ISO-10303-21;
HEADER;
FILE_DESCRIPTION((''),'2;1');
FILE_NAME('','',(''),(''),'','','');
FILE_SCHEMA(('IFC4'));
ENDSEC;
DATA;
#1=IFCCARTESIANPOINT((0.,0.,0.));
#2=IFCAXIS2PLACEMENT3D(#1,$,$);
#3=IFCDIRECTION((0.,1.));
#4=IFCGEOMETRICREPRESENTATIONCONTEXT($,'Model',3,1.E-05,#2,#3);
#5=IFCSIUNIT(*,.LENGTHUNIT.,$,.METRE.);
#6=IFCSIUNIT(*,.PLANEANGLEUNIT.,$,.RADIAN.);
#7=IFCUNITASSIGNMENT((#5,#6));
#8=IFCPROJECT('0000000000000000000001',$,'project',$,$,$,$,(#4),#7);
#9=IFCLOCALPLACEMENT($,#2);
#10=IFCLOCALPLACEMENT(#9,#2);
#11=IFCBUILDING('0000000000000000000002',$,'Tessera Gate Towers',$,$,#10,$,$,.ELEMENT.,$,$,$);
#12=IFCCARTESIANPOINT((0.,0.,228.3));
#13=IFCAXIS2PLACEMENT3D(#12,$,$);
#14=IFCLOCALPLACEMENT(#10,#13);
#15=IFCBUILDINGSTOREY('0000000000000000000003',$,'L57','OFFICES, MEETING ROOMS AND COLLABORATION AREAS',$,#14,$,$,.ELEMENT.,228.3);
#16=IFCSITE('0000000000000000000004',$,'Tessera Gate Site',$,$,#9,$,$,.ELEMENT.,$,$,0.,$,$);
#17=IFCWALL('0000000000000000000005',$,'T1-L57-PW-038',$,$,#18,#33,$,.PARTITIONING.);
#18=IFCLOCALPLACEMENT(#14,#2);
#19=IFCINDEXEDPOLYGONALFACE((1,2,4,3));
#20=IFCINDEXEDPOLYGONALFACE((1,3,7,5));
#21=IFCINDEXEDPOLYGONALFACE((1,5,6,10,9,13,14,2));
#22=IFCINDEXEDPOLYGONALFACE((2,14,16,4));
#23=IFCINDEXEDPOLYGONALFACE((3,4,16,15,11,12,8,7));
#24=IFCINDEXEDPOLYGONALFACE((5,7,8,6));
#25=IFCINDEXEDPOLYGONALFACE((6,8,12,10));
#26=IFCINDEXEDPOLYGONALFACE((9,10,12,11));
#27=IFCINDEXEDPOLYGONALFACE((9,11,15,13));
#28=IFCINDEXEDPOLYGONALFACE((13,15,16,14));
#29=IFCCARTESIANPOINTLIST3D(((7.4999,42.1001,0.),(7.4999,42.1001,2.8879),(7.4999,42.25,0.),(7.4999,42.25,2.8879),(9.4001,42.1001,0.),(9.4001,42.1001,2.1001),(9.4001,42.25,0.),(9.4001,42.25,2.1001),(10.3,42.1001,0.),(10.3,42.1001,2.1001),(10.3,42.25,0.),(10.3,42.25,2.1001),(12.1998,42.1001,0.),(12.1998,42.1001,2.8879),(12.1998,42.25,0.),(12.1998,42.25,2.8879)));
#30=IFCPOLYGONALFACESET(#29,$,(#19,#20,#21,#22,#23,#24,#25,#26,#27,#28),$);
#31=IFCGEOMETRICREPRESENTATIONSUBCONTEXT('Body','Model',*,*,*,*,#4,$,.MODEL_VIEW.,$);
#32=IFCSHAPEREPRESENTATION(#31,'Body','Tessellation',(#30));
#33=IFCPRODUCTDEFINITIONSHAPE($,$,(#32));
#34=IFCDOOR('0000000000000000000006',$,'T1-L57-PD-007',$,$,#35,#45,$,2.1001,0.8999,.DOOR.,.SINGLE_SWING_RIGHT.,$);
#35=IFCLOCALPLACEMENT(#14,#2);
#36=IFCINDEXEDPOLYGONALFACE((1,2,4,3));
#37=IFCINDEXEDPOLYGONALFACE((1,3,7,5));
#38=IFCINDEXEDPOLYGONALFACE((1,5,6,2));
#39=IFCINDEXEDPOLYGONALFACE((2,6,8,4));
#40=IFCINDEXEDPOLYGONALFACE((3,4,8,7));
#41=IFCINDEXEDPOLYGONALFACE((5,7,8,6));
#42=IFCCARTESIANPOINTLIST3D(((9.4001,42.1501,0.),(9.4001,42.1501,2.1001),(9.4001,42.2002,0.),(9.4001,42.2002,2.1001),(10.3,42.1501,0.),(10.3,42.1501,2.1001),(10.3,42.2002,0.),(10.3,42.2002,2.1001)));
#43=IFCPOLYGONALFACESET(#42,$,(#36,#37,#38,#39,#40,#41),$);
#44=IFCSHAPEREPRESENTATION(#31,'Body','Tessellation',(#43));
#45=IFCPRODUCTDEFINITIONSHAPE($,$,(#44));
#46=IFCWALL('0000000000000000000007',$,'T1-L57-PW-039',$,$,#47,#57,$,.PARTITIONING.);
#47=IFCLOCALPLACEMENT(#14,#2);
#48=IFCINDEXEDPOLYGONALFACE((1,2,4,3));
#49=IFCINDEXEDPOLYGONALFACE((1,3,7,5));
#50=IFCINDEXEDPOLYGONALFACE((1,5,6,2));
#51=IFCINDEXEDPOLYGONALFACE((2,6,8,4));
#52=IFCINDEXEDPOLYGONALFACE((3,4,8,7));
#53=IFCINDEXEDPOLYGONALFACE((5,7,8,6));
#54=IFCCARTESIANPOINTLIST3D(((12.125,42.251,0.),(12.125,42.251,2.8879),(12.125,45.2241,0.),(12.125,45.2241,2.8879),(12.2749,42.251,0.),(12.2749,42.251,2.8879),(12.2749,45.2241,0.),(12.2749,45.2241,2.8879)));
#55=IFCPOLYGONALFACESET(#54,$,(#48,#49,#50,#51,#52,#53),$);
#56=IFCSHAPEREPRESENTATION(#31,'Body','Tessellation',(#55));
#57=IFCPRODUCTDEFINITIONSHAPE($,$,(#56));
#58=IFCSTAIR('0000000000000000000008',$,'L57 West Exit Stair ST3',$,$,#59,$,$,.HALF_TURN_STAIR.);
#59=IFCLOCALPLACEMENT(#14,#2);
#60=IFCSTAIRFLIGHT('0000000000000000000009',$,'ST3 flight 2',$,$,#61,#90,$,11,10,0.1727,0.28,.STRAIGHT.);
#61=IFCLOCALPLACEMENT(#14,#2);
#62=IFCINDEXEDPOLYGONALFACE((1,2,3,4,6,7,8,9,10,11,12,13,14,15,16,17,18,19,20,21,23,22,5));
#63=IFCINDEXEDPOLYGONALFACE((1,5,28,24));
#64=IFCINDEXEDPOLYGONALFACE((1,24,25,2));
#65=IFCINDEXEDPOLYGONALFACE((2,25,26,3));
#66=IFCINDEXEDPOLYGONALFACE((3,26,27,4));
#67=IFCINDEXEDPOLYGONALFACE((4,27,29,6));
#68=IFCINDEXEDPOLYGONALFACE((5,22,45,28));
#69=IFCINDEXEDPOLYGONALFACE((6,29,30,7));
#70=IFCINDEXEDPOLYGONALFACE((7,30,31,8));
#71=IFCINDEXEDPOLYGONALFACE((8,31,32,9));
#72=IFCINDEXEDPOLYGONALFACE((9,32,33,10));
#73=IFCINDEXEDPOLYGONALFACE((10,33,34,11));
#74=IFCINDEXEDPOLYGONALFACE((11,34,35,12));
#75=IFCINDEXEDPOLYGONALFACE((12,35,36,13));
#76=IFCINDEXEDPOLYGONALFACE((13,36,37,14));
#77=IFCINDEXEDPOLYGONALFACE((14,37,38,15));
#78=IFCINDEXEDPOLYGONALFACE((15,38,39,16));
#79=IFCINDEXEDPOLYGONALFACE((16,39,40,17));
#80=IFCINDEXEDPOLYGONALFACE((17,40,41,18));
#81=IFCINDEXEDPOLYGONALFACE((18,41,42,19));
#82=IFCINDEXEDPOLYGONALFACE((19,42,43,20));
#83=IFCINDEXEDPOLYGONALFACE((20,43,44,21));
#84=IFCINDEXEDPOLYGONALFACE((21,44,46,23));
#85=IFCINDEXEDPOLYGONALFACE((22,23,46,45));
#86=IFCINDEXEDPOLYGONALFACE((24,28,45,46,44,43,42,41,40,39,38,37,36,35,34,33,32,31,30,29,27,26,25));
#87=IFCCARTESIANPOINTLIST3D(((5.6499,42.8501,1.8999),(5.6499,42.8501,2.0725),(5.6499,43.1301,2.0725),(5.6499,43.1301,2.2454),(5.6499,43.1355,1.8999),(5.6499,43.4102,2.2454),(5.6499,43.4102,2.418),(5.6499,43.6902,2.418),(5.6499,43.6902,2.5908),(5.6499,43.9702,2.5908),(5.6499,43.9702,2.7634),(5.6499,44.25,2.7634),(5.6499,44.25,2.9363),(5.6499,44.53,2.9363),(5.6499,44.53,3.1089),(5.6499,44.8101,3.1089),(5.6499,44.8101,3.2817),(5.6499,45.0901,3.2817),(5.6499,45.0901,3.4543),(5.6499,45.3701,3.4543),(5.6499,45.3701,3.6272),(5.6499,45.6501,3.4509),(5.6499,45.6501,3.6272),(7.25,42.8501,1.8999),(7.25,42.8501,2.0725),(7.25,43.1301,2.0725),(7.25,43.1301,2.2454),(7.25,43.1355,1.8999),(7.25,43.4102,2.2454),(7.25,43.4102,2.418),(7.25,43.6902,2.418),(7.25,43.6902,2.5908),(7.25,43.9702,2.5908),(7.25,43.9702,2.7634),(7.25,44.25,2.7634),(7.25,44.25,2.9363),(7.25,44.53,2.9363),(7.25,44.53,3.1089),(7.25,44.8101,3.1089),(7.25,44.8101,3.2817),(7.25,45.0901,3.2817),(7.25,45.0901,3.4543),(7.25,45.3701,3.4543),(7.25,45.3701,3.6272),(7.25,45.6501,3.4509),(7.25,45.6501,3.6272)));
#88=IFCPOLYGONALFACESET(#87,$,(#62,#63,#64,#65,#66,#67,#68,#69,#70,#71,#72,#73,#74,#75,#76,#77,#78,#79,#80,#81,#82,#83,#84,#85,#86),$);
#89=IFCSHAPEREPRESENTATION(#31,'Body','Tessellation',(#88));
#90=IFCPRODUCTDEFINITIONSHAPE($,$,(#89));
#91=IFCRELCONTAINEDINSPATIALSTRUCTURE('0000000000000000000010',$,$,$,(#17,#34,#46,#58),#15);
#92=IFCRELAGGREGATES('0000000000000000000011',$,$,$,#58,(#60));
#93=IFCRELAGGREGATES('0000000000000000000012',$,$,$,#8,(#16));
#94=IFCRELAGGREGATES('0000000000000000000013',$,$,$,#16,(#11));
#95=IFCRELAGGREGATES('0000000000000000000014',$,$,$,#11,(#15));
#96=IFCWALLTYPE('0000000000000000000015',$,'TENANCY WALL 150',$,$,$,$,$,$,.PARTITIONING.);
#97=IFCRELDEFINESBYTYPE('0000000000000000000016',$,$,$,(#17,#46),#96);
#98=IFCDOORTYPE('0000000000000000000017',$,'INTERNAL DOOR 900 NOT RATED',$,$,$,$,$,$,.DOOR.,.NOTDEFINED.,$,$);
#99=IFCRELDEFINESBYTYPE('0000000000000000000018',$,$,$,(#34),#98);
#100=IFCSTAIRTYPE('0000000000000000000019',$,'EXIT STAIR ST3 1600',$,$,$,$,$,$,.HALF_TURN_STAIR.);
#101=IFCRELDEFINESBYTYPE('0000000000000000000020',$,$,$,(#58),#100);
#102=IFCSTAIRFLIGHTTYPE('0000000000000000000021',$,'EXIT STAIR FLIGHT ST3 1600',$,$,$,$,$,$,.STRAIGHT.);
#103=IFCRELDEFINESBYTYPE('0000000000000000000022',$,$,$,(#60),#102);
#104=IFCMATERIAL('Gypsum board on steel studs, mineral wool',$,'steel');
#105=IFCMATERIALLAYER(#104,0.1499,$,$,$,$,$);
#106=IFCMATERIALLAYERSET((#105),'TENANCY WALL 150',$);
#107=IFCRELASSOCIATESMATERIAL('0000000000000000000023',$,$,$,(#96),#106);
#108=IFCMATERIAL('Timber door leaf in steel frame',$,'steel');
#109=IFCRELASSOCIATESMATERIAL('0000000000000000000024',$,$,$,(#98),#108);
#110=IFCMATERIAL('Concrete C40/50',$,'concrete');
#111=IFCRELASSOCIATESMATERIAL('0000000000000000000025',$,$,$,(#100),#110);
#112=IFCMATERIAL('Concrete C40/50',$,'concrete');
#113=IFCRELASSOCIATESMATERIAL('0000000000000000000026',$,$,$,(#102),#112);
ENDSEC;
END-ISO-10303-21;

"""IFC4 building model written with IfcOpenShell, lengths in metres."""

from ifc_helpers import new_model, si_unit, direction, frame, frame_2d, origin, place, context, subcontext, project, spatial, polyline, rectangle, outline, extrude, source, transform, mapped, material, layer, layer_set, type_object, element, fill, aggregate, save


model = new_model("IFC4")

# Units and contexts
model_context = context("Model", 3, precision=1e-05, world=origin(), true_north=direction((0.0, 1.0)))
body_context = subcontext(model_context, "Body", "Model", "MODEL_VIEW")
ifc_project = project(units=[si_unit("LENGTHUNIT", "METRE"), si_unit("PLANEANGLEUNIT", "RADIAN")], contexts=[model_context])

# Site, building, storey
site_placement = place(None, origin())
site = spatial("IfcSite", under=ifc_project, at=site_placement, Name="Tessera Gate Site", CompositionType="ELEMENT", RefElevation=0.0)
building_placement = place(site_placement, origin())
building = spatial("IfcBuilding", under=site, at=building_placement, Name="Tessera Gate Towers", CompositionType="ELEMENT")
storey_placement = place(building_placement, frame((0.0, 0.0, 228.3)))
storey = spatial("IfcBuildingStorey", under=building, at=storey_placement, Name="L57", Description="OFFICES, MEETING ROOMS AND COLLABORATION AREAS", CompositionType="ELEMENT", Elevation=228.3)

# Shared definitions
ifc_material_1 = material(Name="Gypsum board on steel studs, mineral wool", Category="steel")
ifc_layer_1 = layer(ifc_material_1, 0.1499)
ifc_layer_set_1 = layer_set([ifc_layer_1], Name="TENANCY WALL 150")
wall_type_1 = type_object("IfcWallType", Name="TENANCY WALL 150", PredefinedType="PARTITIONING", material=ifc_layer_set_1)

# Wall, opening, door
wall_1_placement = place(storey_placement, frame((12.2, 42.175, 0.0), z_axis=(0.0, 0.0, 1.0), x_axis=(-1.0, 0.0, 0.0)))
wall_1 = element("IfcWall", 1, at=wall_1_placement, inside=storey, type_object=wall_type_1, Name="T1-L57-PW-038", PredefinedType="PARTITIONING", context=body_context, shape_type="SweptSolid", body=[
    extrude(rectangle(XDim=4.7, YDim=0.1499, at=frame_2d((2.3501, 0.0))), origin(), (0.0, 0.0, 1.0), 2.8879),
])
shared_shape_1 = source(origin(), body_context, "Body", "SweptSolid", [
    extrude(rectangle(XDim=0.8999, YDim=2.1001, at=frame_2d((0.45, 1.05))), frame((0.0, 0.085, 0.0), z_axis=(0.0, -1.0, 0.0), x_axis=(1.0, 0.0, 0.0)), (0.0, 0.0, 1.0), 0.1699),
])
opening_placement = place(wall_1_placement, frame((1.8999, 0.0, 0.0)))
opening = element("IfcOpeningElement", 2, at=opening_placement, cuts=wall_1, PredefinedType="OPENING", context=body_context, shape_type="MappedRepresentation", body=[
    mapped(shared_shape_1, transform((0.0, 0.0, 0.0), scale=1.0)),
])
ifc_material_2 = material(Name="Timber door leaf in steel frame", Category="steel")
door_type = type_object("IfcDoorType", Name="INTERNAL DOOR 900 NOT RATED", OperationType="NOTDEFINED", PredefinedType="DOOR", material=ifc_material_2)
shared_shape_2 = source(origin(), body_context, "Body", "SweptSolid", [
    extrude(rectangle(XDim=0.8999, YDim=2.1001, at=frame_2d((0.45, 1.05))), frame((0.0, 0.0249, 0.0), z_axis=(0.0, -1.0, 0.0), x_axis=(1.0, 0.0, 0.0)), (0.0, 0.0, 1.0), 0.05),
])
door_placement = place(opening_placement, origin())
door = element("IfcDoor", 3, at=door_placement, inside=storey, type_object=door_type, Name="T1-L57-PD-007", OperationType="SINGLE_SWING_RIGHT", OverallHeight=2.1001, OverallWidth=0.8999, PredefinedType="DOOR", context=body_context, shape_type="MappedRepresentation", body=[
    mapped(shared_shape_2, transform((0.0, 0.0, 0.0), scale=1.0)),
])
fill(opening, door)

# Wall
wall_2_placement = place(storey_placement, frame((12.2, 42.251, 0.0), z_axis=(0.0, 0.0, 1.0), x_axis=(0.0, 1.0, 0.0)))
element("IfcWall", 4, at=wall_2_placement, inside=storey, type_object=wall_type_1, Name="T1-L57-PW-039", PredefinedType="PARTITIONING", context=body_context, shape_type="SweptSolid", body=[
    extrude(rectangle(XDim=2.9731, YDim=0.1499, at=frame_2d((1.4866, 0.0))), origin(), (0.0, 0.0, 1.0), 2.8879),
])

# Stair, stair flight
ifc_material_3 = material(Name="Concrete C40/50", Category="concrete")
stair_type = type_object("IfcStairType", Name="EXIT STAIR ST3 1600", PredefinedType="HALF_TURN_STAIR", material=ifc_material_3)
stair_placement = place(storey_placement, origin())
stair = element("IfcStair", 5, at=stair_placement, inside=storey, type_object=stair_type, Name="L57 West Exit Stair ST3", PredefinedType="HALF_TURN_STAIR")
ifc_material_4 = material(Name="Concrete C40/50", Category="concrete")
stair_flight_type = type_object("IfcStairFlightType", Name="EXIT STAIR FLIGHT ST3 1600", PredefinedType="STRAIGHT", material=ifc_material_4)
stair_flight_placement = place(storey_placement, frame((6.45, 42.8501, 1.8999), z_axis=(0.0, 0.0, 1.0), x_axis=(0.0, 1.0, 0.0)))
stair_flight = element("IfcStairFlight", 6, at=stair_flight_placement, type_object=stair_flight_type, Name="ST3 flight 2", NumberOfRisers=11, NumberOfTreads=10, PredefinedType="STRAIGHT", RiserHeight=0.1727, TreadLength=0.28, context=body_context, shape_type="SweptSolid", body=[
    extrude(outline(polyline([(0.0, 0.0), (0.0, 0.1726), (0.28, 0.1726), (0.28, 0.3455), (0.5601, 0.3455), (0.5601, 0.5181), (0.8401, 0.5181), (0.8401, 0.6909), (1.1201, 0.6909), (1.1201, 0.8635), (1.3999, 0.8635), (1.3999, 1.0364), (1.6799, 1.0364), (1.6799, 1.209), (1.96, 1.209), (1.96, 1.3818), (2.24, 1.3818), (2.24, 1.5544), (2.52, 1.5544), (2.52, 1.7273), (2.8, 1.7273), (2.8, 1.8999), (2.8, 1.551), (0.2854, 0.0), (0.0, 0.0)])), frame((0.0, 0.8, 0.0), z_axis=(0.0, -1.0, 0.0), x_axis=(1.0, 0.0, 0.0)), (0.0, 0.0, 1.0), 1.6001),
])
aggregate(stair, [stair_flight])

save(model, "model.ifc")
